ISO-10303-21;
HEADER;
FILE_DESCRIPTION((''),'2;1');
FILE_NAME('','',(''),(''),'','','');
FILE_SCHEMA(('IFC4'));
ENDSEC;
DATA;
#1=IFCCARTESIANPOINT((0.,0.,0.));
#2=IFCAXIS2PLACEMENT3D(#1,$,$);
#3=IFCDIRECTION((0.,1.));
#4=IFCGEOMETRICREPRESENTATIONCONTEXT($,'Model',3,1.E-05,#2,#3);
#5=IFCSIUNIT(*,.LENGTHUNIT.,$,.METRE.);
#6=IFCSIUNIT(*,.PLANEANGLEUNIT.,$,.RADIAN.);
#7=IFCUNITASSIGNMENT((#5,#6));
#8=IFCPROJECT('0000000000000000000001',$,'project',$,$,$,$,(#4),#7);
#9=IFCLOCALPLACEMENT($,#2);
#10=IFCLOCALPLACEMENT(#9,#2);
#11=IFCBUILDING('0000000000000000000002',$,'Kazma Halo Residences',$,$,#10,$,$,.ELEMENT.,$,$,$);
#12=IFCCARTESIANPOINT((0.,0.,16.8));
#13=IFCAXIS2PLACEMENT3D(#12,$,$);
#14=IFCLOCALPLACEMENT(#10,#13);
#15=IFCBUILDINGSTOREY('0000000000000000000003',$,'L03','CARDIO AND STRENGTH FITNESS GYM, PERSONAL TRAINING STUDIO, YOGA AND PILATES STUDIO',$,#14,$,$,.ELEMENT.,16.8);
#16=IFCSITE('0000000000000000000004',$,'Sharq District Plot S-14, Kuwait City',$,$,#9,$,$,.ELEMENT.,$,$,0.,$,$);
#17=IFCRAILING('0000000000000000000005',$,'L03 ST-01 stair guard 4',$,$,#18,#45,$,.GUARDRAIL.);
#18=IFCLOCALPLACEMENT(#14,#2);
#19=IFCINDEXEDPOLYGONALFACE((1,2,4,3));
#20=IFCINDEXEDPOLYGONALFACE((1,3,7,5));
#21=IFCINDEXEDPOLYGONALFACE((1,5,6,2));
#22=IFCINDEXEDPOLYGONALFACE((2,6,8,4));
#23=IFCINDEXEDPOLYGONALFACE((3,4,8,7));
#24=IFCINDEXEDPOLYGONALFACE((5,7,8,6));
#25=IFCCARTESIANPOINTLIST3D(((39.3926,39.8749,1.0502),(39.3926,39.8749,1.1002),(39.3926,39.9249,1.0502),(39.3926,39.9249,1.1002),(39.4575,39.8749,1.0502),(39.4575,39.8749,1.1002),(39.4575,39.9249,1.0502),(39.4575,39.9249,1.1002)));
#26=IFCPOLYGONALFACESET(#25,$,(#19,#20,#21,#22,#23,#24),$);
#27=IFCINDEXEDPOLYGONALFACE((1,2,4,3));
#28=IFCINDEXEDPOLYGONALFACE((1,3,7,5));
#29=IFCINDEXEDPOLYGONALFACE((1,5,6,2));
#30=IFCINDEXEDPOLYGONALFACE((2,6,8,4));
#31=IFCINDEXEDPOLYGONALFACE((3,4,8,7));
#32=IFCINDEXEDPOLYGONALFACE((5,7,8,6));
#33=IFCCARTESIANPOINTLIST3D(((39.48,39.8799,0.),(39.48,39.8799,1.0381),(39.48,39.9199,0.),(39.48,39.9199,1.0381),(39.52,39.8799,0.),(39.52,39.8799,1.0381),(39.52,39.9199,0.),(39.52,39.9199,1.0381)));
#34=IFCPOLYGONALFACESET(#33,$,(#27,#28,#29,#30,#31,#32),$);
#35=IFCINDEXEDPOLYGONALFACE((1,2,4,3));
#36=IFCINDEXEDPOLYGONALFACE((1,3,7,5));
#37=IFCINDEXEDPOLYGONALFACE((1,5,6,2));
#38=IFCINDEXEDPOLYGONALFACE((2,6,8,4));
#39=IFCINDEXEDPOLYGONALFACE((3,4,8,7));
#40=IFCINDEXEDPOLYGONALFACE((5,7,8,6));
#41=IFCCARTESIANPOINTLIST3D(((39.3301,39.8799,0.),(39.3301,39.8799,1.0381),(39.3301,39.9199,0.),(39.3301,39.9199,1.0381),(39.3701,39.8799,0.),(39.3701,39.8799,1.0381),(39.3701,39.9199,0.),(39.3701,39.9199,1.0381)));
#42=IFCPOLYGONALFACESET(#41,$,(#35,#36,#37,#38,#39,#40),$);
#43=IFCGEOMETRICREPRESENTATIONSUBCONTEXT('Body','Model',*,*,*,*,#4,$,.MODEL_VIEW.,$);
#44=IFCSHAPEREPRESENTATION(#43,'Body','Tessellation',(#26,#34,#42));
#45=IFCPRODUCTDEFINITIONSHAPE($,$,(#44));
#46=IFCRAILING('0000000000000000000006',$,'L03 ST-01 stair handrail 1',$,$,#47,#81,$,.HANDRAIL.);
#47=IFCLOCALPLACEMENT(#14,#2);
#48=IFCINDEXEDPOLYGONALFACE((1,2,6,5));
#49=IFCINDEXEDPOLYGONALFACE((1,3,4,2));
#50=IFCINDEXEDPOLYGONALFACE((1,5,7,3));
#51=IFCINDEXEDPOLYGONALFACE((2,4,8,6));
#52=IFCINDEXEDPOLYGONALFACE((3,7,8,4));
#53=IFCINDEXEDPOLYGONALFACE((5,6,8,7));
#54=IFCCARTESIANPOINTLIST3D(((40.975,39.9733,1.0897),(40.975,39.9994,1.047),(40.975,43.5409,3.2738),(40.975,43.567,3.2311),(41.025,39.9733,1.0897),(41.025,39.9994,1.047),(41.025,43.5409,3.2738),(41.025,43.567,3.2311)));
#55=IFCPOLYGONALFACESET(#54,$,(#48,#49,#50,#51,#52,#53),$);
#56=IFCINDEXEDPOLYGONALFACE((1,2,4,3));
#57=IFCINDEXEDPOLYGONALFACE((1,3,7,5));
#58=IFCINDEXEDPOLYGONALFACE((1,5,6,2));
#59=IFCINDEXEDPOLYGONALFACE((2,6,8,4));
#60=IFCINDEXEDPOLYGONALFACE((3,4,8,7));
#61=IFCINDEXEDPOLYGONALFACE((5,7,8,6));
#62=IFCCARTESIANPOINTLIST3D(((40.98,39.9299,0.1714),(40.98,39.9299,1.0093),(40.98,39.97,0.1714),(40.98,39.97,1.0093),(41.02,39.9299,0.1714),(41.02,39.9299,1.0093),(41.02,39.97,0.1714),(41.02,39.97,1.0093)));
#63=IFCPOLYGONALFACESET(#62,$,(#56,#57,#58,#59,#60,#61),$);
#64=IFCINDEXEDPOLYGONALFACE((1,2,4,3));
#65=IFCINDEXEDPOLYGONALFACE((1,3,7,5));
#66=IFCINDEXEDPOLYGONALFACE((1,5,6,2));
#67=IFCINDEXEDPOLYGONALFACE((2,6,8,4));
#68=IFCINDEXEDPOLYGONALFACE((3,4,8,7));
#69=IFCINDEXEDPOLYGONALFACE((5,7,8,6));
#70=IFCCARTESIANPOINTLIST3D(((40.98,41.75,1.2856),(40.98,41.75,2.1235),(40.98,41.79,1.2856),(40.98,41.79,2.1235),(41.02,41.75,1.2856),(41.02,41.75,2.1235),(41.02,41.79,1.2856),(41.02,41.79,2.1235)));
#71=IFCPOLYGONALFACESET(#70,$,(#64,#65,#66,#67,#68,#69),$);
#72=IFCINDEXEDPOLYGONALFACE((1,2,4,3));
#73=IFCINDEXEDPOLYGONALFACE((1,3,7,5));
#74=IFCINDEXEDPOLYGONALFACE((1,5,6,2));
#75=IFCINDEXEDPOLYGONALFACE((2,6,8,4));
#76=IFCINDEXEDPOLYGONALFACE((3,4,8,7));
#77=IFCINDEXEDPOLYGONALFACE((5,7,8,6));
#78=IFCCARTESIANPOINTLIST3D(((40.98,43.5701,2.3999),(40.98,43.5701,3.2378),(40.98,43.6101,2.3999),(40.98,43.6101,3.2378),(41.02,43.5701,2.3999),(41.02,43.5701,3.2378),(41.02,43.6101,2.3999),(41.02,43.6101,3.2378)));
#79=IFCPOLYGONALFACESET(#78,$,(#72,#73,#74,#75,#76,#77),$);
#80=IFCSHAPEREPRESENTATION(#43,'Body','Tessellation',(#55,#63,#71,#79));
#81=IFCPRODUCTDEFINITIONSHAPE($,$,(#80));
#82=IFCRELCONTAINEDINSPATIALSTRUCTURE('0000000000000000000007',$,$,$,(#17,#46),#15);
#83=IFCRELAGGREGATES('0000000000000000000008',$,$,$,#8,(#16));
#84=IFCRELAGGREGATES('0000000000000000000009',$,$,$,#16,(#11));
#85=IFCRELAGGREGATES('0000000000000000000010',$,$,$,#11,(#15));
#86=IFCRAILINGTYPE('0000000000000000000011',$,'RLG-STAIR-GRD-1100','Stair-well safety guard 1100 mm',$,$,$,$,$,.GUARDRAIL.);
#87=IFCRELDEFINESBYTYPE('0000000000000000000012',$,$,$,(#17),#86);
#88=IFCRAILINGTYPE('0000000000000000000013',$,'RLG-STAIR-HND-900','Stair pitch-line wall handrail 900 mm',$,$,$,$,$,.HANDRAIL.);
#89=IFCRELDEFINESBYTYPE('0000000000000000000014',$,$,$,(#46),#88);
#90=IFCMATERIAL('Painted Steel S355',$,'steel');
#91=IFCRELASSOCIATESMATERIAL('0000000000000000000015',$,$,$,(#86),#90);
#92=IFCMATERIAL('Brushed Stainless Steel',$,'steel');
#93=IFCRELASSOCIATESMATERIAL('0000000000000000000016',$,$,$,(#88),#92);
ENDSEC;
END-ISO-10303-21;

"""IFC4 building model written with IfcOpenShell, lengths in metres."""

from ifc_helpers import new_model, si_unit, direction, frame, origin, origin_2d, place, context, subcontext, project, spatial, rectangle, extrude, material, type_object, element, save


model = new_model("IFC4")

# Units and contexts
model_context = context("Model", 3, precision=1e-05, world=origin(), true_north=direction((0.0, 1.0)))
body_context = subcontext(model_context, "Body", "Model", "MODEL_VIEW")
ifc_project = project(units=[si_unit("LENGTHUNIT", "METRE"), si_unit("PLANEANGLEUNIT", "RADIAN")], contexts=[model_context])

# Site, building, storey
site_placement = place(None, origin())
site = spatial("IfcSite", under=ifc_project, at=site_placement, Name="Sharq District Plot S-14, Kuwait City", CompositionType="ELEMENT", RefElevation=0.0)
building_placement = place(site_placement, origin())
building = spatial("IfcBuilding", under=site, at=building_placement, Name="Kazma Halo Residences", CompositionType="ELEMENT")
storey_placement = place(building_placement, frame((0.0, 0.0, 16.8)))
storey = spatial("IfcBuildingStorey", under=building, at=storey_placement, Name="L03", Description="CARDIO AND STRENGTH FITNESS GYM, PERSONAL TRAINING STUDIO, YOGA AND PILATES STUDIO", CompositionType="ELEMENT", Elevation=16.8)

# Railings
ifc_material_1 = material(Name="Painted Steel S355", Category="steel")
railing_type_1 = type_object("IfcRailingType", Name="RLG-STAIR-GRD-1100", Description="Stair-well safety guard 1100 mm", PredefinedType="GUARDRAIL", material=ifc_material_1)
railing_1_placement = place(storey_placement, frame((39.5, 39.8999, 0.0)))
element("IfcRailing", 1, at=railing_1_placement, inside=storey, type_object=railing_type_1, Name="L03 ST-01 stair guard 4", PredefinedType="GUARDRAIL", context=body_context, shape_type="SweptSolid", body=[
    extrude(rectangle(XDim=0.05, YDim=0.05, at=origin_2d()), frame((-0.0425, 0.0, 1.0752), z_axis=(-1.0, 0.0, 0.0), x_axis=(0.0, -1.0, 0.0)), (0.0, 0.0, 1.0), 0.0649),
    extrude(rectangle(XDim=0.04, YDim=0.04, at=origin_2d()), origin(), (0.0, 0.0, 1.0), 1.0381),
    extrude(rectangle(XDim=0.04, YDim=0.04, at=origin_2d()), frame((-0.1499, 0.0, 0.0)), (0.0, 0.0, 1.0), 1.0381),
])
ifc_material_2 = material(Name="Brushed Stainless Steel", Category="steel")
railing_type_2 = type_object("IfcRailingType", Name="RLG-STAIR-HND-900", Description="Stair pitch-line wall handrail 900 mm", PredefinedType="HANDRAIL", material=ifc_material_2)
railing_2_placement = place(storey_placement, frame((41.0, 39.95, 0.1714)))
element("IfcRailing", 2, at=railing_2_placement, inside=storey, type_object=railing_type_2, Name="L03 ST-01 stair handrail 1", PredefinedType="HANDRAIL", context=body_context, shape_type="SweptSolid", body=[
    extrude(rectangle(XDim=0.05, YDim=0.05, at=origin_2d()), frame((0.0, 0.0364, 0.897), z_axis=(0.0, 0.852866, 0.52213), x_axis=(-1.0, 0.0, 0.0)), (0.0, 0.0, 1.0), 4.1831),
    extrude(rectangle(XDim=0.04, YDim=0.04, at=origin_2d()), origin(), (0.0, 0.0, 1.0), 0.8379),
    extrude(rectangle(XDim=0.04, YDim=0.04, at=origin_2d()), frame((0.0, 1.8201, 1.1143)), (0.0, 0.0, 1.0), 0.8379),
    extrude(rectangle(XDim=0.04, YDim=0.04, at=origin_2d()), frame((0.0, 3.6401, 2.2285)), (0.0, 0.0, 1.0), 0.8379),
])

save(model, "model.ifc")
